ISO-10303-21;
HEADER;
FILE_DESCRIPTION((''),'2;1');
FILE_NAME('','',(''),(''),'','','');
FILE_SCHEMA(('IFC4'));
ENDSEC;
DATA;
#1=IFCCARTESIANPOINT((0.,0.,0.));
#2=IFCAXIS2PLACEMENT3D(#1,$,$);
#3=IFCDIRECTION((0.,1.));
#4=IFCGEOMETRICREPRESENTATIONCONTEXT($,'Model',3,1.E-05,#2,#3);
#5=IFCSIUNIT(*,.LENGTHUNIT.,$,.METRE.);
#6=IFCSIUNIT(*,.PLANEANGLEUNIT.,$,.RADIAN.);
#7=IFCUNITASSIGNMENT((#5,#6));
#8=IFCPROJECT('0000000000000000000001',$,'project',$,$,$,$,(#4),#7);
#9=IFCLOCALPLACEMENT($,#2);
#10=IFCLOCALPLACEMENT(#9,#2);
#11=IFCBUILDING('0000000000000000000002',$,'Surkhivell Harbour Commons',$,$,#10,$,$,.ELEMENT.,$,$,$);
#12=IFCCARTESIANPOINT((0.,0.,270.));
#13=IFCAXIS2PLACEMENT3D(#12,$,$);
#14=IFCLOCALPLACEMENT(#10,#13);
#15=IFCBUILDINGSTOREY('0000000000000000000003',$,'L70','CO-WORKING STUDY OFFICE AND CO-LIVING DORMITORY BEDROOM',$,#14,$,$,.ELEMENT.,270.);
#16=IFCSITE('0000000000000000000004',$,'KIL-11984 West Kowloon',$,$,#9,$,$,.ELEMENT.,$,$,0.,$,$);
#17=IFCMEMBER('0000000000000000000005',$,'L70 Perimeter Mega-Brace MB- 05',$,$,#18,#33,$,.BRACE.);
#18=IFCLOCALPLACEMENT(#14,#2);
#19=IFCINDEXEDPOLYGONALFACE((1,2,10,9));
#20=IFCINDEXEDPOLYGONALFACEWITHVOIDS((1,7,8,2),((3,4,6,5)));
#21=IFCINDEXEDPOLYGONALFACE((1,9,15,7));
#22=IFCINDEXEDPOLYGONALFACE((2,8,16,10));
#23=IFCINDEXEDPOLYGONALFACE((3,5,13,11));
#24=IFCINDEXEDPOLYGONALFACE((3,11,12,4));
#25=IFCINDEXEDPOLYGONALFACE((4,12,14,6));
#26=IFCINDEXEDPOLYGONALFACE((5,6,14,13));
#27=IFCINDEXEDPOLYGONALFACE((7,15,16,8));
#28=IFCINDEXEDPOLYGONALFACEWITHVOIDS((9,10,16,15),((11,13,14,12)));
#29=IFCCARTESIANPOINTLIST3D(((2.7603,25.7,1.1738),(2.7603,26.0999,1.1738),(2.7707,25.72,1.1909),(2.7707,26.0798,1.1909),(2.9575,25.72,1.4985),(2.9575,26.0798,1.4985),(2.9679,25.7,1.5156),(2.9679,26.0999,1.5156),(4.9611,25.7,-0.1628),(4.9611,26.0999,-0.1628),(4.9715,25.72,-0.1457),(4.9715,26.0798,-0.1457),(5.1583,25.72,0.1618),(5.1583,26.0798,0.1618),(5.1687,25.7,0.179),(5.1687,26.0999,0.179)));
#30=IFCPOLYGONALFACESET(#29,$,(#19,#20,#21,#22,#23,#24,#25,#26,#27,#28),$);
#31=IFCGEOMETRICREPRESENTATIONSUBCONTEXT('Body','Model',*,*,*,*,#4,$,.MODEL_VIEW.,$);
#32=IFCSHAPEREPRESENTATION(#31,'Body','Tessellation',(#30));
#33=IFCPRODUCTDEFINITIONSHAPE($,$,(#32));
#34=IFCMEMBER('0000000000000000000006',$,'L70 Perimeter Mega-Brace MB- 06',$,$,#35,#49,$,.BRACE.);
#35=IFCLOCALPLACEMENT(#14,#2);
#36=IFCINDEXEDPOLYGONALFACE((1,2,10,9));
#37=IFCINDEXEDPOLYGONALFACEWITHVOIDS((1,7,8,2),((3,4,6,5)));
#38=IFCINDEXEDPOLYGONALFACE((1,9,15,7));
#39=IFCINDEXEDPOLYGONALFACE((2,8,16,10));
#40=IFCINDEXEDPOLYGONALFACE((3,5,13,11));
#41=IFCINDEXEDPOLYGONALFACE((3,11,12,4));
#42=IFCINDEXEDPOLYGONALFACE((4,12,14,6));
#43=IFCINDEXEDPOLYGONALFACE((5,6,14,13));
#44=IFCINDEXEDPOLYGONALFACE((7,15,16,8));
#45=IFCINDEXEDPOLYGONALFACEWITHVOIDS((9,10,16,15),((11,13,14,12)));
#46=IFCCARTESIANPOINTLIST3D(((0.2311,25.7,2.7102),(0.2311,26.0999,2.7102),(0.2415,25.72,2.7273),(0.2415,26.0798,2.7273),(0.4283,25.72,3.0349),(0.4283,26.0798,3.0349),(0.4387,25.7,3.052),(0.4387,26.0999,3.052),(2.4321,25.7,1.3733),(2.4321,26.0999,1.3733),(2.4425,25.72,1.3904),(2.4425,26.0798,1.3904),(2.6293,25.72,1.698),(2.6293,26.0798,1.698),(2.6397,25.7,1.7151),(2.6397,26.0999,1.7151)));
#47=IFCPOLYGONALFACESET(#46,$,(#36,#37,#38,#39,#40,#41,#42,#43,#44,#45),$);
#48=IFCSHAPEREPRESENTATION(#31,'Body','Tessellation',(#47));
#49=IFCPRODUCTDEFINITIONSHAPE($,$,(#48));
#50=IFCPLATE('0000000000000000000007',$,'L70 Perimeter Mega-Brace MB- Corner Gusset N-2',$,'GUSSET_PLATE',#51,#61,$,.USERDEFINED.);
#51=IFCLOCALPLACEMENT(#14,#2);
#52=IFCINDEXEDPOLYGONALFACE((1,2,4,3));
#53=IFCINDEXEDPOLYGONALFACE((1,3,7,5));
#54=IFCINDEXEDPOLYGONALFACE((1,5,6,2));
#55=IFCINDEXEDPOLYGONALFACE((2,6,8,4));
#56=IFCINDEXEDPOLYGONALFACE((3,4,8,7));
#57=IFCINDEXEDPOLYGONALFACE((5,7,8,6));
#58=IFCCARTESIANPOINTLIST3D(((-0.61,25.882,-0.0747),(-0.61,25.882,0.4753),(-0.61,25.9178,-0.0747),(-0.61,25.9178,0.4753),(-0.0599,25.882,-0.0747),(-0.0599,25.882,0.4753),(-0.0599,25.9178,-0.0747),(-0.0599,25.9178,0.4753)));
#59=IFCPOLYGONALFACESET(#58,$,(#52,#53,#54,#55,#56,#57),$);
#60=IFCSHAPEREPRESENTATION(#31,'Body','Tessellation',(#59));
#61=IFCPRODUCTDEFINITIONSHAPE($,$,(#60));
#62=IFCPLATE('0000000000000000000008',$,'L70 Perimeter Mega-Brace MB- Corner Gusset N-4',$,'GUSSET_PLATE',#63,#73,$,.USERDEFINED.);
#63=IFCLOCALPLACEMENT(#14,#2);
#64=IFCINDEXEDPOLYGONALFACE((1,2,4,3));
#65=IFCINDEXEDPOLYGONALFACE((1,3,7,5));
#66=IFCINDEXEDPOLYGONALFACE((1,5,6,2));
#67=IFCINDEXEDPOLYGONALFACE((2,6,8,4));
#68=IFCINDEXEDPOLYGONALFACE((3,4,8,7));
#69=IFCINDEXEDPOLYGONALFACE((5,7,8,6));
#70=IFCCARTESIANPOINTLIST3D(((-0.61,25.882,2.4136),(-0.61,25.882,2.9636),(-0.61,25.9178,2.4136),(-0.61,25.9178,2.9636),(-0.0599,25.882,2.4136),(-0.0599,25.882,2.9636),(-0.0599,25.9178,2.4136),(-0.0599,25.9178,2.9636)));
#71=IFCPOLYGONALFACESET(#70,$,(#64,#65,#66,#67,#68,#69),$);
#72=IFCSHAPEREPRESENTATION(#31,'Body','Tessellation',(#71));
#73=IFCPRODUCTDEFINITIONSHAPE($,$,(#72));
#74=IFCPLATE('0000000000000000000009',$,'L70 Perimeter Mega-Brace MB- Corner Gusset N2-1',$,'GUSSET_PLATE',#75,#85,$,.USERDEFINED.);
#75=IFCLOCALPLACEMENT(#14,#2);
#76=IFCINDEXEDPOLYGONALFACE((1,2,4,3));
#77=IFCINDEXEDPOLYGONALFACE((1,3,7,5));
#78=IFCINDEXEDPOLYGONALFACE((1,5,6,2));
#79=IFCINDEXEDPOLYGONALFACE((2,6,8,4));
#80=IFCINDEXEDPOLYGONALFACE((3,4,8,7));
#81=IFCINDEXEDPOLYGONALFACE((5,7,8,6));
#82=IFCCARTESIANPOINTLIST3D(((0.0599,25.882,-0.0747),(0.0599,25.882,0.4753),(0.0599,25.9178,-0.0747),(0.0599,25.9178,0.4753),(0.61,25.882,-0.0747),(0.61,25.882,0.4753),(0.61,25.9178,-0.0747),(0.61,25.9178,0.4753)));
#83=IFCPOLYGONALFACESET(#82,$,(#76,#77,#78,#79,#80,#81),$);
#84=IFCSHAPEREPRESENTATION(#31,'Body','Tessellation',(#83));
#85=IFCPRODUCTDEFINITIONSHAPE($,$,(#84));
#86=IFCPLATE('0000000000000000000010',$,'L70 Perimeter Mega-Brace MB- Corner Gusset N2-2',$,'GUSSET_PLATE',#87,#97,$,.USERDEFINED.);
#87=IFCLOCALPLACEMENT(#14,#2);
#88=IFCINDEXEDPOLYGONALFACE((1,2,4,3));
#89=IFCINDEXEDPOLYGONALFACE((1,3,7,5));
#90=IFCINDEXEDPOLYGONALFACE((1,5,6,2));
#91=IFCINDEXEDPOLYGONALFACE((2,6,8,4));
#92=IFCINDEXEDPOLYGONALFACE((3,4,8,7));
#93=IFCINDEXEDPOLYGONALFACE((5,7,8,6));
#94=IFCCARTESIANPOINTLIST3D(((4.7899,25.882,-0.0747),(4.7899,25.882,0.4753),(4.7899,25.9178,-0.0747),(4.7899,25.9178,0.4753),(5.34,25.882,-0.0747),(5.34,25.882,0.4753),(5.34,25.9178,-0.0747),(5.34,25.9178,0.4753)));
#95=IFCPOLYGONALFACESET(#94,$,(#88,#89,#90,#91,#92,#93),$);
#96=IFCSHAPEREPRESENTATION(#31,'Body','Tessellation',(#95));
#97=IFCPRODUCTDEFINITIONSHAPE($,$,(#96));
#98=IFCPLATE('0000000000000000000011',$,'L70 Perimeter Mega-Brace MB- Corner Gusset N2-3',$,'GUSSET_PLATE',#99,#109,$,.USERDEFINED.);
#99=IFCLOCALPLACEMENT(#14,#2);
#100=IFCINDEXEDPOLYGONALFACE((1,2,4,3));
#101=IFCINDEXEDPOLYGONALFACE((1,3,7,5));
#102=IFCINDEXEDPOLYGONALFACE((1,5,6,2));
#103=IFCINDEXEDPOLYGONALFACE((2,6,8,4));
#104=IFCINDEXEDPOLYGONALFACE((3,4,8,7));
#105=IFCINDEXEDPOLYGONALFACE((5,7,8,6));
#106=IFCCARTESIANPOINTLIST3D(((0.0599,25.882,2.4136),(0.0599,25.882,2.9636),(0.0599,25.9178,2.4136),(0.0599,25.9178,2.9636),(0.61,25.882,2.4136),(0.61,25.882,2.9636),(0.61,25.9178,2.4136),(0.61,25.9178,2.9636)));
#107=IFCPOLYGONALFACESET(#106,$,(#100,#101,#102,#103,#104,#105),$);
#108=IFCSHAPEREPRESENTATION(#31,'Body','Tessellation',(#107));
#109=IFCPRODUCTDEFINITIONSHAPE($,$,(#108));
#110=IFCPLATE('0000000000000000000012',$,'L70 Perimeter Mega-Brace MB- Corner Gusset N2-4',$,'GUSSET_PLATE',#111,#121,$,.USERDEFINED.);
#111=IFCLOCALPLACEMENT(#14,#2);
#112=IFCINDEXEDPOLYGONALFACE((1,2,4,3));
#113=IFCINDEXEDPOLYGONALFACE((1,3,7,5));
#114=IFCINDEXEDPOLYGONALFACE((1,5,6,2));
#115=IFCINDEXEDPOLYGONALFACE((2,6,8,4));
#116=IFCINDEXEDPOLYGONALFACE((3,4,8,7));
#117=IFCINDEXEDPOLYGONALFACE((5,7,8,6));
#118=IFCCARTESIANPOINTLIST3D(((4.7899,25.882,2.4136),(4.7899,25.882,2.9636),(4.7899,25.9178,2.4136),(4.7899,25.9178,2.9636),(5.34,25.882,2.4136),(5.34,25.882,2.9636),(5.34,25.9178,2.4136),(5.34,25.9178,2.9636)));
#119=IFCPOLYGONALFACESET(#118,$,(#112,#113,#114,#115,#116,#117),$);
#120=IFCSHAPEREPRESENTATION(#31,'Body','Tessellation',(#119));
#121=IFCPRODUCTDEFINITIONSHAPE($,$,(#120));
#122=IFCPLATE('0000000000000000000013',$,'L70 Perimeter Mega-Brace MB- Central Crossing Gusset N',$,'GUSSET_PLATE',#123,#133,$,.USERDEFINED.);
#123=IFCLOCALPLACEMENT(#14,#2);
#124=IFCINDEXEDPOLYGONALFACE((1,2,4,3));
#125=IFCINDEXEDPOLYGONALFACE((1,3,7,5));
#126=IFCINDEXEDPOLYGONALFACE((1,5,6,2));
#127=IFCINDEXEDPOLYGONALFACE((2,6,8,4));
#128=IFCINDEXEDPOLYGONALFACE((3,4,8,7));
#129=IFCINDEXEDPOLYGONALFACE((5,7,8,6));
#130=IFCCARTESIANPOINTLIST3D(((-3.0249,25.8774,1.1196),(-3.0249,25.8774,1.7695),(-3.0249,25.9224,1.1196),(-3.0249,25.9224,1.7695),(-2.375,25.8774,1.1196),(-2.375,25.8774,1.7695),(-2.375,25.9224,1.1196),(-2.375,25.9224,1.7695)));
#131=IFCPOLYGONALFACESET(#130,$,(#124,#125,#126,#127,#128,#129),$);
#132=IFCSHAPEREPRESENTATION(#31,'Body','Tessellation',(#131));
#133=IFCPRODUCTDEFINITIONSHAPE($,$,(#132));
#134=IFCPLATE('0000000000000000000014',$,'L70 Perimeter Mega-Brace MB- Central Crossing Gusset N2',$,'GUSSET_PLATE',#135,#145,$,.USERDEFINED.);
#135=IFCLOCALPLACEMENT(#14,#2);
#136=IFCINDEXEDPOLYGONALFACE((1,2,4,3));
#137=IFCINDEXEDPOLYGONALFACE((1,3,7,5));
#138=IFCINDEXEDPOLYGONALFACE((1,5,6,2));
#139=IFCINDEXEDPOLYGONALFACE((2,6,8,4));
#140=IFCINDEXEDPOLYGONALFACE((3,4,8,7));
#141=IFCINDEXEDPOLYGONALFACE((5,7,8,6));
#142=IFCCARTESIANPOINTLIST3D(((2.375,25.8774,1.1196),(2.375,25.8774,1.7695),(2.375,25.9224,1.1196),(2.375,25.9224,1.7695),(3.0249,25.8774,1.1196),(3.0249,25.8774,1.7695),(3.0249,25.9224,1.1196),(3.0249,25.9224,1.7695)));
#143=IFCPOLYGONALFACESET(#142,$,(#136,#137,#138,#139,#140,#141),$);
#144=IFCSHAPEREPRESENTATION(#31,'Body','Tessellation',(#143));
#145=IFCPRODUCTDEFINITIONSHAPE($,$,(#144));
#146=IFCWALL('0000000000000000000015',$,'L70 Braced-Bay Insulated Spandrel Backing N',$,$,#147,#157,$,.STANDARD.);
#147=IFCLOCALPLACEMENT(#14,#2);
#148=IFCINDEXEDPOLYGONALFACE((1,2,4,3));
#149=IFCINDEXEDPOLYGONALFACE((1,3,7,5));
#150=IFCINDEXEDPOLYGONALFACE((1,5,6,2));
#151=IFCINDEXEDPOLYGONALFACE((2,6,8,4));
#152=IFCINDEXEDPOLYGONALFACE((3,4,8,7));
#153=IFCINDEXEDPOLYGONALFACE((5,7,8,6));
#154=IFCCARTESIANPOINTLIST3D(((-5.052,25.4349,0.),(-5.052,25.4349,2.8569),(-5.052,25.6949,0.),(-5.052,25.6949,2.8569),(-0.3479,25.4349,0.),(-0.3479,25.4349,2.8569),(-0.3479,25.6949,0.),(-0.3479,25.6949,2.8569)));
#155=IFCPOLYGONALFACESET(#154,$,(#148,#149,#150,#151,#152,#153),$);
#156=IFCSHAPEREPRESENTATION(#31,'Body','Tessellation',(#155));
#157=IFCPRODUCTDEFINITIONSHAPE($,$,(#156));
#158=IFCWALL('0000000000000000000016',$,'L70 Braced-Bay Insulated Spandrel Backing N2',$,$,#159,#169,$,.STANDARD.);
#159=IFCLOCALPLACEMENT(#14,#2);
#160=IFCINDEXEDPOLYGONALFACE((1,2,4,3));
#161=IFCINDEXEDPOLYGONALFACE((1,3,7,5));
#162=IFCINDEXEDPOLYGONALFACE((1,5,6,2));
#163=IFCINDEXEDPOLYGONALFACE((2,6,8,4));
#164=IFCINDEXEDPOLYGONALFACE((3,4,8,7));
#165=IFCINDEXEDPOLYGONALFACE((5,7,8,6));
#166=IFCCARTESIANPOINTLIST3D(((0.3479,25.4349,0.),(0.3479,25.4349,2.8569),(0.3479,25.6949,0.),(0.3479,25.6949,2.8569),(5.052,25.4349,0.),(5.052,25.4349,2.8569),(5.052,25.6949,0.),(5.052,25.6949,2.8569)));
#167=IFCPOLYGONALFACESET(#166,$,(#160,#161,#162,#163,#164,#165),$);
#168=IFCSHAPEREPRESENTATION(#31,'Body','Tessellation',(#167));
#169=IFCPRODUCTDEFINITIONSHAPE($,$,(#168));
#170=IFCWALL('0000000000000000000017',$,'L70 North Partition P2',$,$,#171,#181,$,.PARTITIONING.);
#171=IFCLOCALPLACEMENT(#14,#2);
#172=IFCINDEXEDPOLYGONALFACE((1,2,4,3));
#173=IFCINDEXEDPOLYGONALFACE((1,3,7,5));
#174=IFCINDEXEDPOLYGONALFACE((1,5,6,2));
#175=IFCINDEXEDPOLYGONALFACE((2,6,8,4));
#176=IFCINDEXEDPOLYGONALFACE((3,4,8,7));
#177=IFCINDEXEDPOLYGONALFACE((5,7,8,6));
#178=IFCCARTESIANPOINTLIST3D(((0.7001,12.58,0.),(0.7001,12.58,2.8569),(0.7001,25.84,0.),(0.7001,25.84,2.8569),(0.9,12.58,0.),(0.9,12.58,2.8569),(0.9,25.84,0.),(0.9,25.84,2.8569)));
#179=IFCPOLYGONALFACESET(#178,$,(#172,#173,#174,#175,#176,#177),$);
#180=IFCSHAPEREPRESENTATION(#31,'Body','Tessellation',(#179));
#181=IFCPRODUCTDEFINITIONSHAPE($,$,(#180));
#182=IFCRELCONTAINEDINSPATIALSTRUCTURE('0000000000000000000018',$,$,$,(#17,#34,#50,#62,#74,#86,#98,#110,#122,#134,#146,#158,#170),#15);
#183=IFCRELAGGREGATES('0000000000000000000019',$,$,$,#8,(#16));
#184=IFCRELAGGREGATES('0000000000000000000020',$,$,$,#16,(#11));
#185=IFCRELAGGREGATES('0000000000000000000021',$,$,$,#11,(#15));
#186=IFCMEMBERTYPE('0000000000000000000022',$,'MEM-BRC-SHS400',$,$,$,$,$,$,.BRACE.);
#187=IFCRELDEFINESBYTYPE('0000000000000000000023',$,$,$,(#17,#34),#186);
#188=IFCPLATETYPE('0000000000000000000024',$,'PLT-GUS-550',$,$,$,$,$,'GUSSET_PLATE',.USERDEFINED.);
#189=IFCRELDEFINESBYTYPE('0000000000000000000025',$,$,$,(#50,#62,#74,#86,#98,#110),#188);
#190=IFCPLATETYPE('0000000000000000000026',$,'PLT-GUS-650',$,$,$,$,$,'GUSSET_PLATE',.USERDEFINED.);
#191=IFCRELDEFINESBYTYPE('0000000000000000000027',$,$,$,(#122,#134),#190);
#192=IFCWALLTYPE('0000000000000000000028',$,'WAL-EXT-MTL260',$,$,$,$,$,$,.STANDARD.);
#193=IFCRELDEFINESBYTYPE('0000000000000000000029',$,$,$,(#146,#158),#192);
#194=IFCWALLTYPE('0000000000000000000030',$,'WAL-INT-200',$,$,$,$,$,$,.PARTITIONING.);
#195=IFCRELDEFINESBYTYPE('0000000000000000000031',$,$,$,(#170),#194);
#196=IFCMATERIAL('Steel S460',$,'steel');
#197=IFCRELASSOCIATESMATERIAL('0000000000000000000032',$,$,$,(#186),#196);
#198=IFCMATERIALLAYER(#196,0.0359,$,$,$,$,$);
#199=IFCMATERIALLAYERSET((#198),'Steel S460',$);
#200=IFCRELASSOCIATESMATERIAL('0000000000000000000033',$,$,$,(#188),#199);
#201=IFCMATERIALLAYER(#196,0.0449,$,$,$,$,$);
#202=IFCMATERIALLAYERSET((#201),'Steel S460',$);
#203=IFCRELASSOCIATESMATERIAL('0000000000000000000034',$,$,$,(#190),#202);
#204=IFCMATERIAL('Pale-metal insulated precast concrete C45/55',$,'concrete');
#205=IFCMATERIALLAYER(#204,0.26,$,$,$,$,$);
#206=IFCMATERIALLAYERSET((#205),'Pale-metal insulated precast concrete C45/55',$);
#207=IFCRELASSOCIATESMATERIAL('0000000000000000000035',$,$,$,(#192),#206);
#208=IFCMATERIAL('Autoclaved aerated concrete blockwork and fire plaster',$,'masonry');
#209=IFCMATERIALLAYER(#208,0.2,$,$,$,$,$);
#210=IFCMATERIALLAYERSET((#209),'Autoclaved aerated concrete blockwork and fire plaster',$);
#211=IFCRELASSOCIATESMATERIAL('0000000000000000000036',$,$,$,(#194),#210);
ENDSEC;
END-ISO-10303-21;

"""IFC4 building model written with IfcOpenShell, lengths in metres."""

from ifc_helpers import new_model, si_unit, direction, frame, frame_2d, origin, origin_2d, place, context, subcontext, project, spatial, rectangle, hollow_rectangle, extrude, material, layer, layer_set, material_profile, profile_set, type_object, element, save


model = new_model("IFC4")

# Units and contexts
model_context = context("Model", 3, precision=1e-05, world=origin(), true_north=direction((0.0, 1.0)))
body_context = subcontext(model_context, "Body", "Model", "MODEL_VIEW")
ifc_project = project(units=[si_unit("LENGTHUNIT", "METRE"), si_unit("PLANEANGLEUNIT", "RADIAN")], contexts=[model_context])

# Site, building, storey
site_placement = place(None, origin())
site = spatial("IfcSite", under=ifc_project, at=site_placement, Name="KIL-11984 West Kowloon", CompositionType="ELEMENT", RefElevation=0.0)
building_placement = place(site_placement, origin())
building = spatial("IfcBuilding", under=site, at=building_placement, Name="Surkhivell Harbour Commons", CompositionType="ELEMENT")
storey_placement = place(building_placement, frame((0.0, 0.0, 270.0)))
storey = spatial("IfcBuildingStorey", under=building, at=storey_placement, Name="L70", Description="CO-WORKING STUDY OFFICE AND CO-LIVING DORMITORY BEDROOM", CompositionType="ELEMENT", Elevation=270.0)

# Members
ifc_material_1 = material(Name="Steel S460", Category="steel")
ifc_material_profile_1 = material_profile(ifc_material_1, hollow_rectangle(XDim=0.3999, YDim=0.3999, WallThickness=0.02, at=origin_2d()), Name="SHS400x400x20")
ifc_profile_set_1 = profile_set([ifc_material_profile_1], Name="Steel S460")
member_type_1 = type_object("IfcMemberType", Name="MEM-BRC-SHS400", PredefinedType="BRACE", material=ifc_profile_set_1)
member_1_placement = place(storey_placement, frame((5.0649, 25.8999, 0.0081), z_axis=(-0.85472, 0.0, 0.519089), x_axis=(0.0, -1.0, 0.0)))
element("IfcMember", 1, at=member_1_placement, inside=storey, type_object=member_type_1, Name="L70 Perimeter Mega-Brace MB- 05", PredefinedType="BRACE", context=body_context, shape_type="SweptSolid", body=[
    extrude(hollow_rectangle(XDim=0.3999, YDim=0.3999, WallThickness=0.02, at=origin_2d()), origin(), (0.0, 0.0, 1.0), 2.575),
])
member_2_placement = place(storey_placement, frame((2.5359, 25.8999, 1.5442), z_axis=(-0.854678, 0.0, 0.519159), x_axis=(0.0, -1.0, 0.0)))
element("IfcMember", 2, at=member_2_placement, inside=storey, type_object=member_type_1, Name="L70 Perimeter Mega-Brace MB- 06", PredefinedType="BRACE", context=body_context, shape_type="SweptSolid", body=[
    extrude(hollow_rectangle(XDim=0.3999, YDim=0.3999, WallThickness=0.02, at=origin_2d()), origin(), (0.0, 0.0, 1.0), 2.5752),
])

# Plates
ifc_layer_1 = layer(ifc_material_1, 0.0359)
ifc_layer_set_1 = layer_set([ifc_layer_1], Name="Steel S460")
plate_type_1 = type_object("IfcPlateType", Name="PLT-GUS-550", ElementType="GUSSET_PLATE", PredefinedType="USERDEFINED", material=ifc_layer_set_1)
for number, where, z_axis, x_axis, name in (
    (3, (-0.335, 25.8999, -0.0747), (0.0, 0.0, 1.0), (1.0, 0.0, 0.0), "L70 Perimeter Mega-Brace MB- Corner Gusset N-2"),
    (4, (-0.335, 25.8999, 2.4136), (0.0, 0.0, 1.0), (1.0, 0.0, 0.0), "L70 Perimeter Mega-Brace MB- Corner Gusset N-4"),
    (5, (0.335, 25.8999, -0.0747), (0.0, 0.0, 1.0), (1.0, 0.0, 0.0), "L70 Perimeter Mega-Brace MB- Corner Gusset N2-1"),
    (6, (5.0649, 25.8999, -0.0747), (0.0, 0.0, 1.0), (1.0, 0.0, 0.0), "L70 Perimeter Mega-Brace MB- Corner Gusset N2-2"),
    (7, (0.335, 25.8999, 2.4136), (0.0, 0.0, 1.0), (1.0, 0.0, 0.0), "L70 Perimeter Mega-Brace MB- Corner Gusset N2-3"),
    (8, (5.0649, 25.8999, 2.4136), (0.0, 0.0, 1.0), (1.0, 0.0, 0.0), "L70 Perimeter Mega-Brace MB- Corner Gusset N2-4"),
):
    element("IfcPlate", number, at=place(storey_placement, frame(where, z_axis=z_axis, x_axis=x_axis)), inside=storey, type_object=plate_type_1, Name=name, ObjectType="GUSSET_PLATE", PredefinedType="USERDEFINED", context=body_context, shape_type="SweptSolid", body=[
        extrude(rectangle(XDim=0.55, YDim=0.0359, at=origin_2d()), origin(), (0.0, 0.0, 1.0), 0.55),
    ])
ifc_layer_2 = layer(ifc_material_1, 0.0449)
ifc_layer_set_2 = layer_set([ifc_layer_2], Name="Steel S460")
plate_type_2 = type_object("IfcPlateType", Name="PLT-GUS-650", ElementType="GUSSET_PLATE", PredefinedType="USERDEFINED", material=ifc_layer_set_2)
for number, where, z_axis, x_axis, name in (
    (9, (-2.7, 25.8999, 1.1196), (0.0, 0.0, 1.0), (1.0, 0.0, 0.0), "L70 Perimeter Mega-Brace MB- Central Crossing Gusset N"),
    (10, (2.7, 25.8999, 1.1196), (0.0, 0.0, 1.0), (1.0, 0.0, 0.0), "L70 Perimeter Mega-Brace MB- Central Crossing Gusset N2"),
):
    element("IfcPlate", number, at=place(storey_placement, frame(where, z_axis=z_axis, x_axis=x_axis)), inside=storey, type_object=plate_type_2, Name=name, ObjectType="GUSSET_PLATE", PredefinedType="USERDEFINED", context=body_context, shape_type="SweptSolid", body=[
        extrude(rectangle(XDim=0.6499, YDim=0.0449, at=origin_2d()), origin(), (0.0, 0.0, 1.0), 0.6499),
    ])

# Walls
ifc_material_2 = material(Name="Pale-metal insulated precast concrete C45/55", Category="concrete")
ifc_layer_3 = layer(ifc_material_2, 0.26)
ifc_layer_set_3 = layer_set([ifc_layer_3], Name="Pale-metal insulated precast concrete C45/55")
wall_type_1 = type_object("IfcWallType", Name="WAL-EXT-MTL260", PredefinedType="STANDARD", material=ifc_layer_set_3)
for number, where, z_axis, x_axis, name in (
    (11, (-0.3479, 25.5649, 0.0), (0.0, 0.0, 1.0), (-1.0, 0.0, 0.0), "L70 Braced-Bay Insulated Spandrel Backing N"),
    (12, (5.052, 25.5649, 0.0), (0.0, 0.0, 1.0), (-1.0, 0.0, 0.0), "L70 Braced-Bay Insulated Spandrel Backing N2"),
):
    element("IfcWall", number, at=place(storey_placement, frame(where, z_axis=z_axis, x_axis=x_axis)), inside=storey, type_object=wall_type_1, Name=name, PredefinedType="STANDARD", context=body_context, shape_type="SweptSolid", body=[
        extrude(rectangle(XDim=4.7041, YDim=0.26, at=frame_2d((2.3521, 0.0))), origin(), (0.0, 0.0, 1.0), 2.8569),
    ])
ifc_material_3 = material(Name="Autoclaved aerated concrete blockwork and fire plaster", Category="masonry")
ifc_layer_4 = layer(ifc_material_3, 0.2)
ifc_layer_set_4 = layer_set([ifc_layer_4], Name="Autoclaved aerated concrete blockwork and fire plaster")
wall_type_2 = type_object("IfcWallType", Name="WAL-INT-200", PredefinedType="PARTITIONING", material=ifc_layer_set_4)
wall_placement = place(storey_placement, frame((0.8, 12.5801, 0.0), z_axis=(0.0, 0.0, 1.0), x_axis=(0.0, 1.0, 0.0)))
element("IfcWall", 13, at=wall_placement, inside=storey, type_object=wall_type_2, Name="L70 North Partition P2", PredefinedType="PARTITIONING", context=body_context, shape_type="SweptSolid", body=[
    extrude(rectangle(XDim=13.26, YDim=0.2, at=frame_2d((6.6299, 0.0))), origin(), (0.0, 0.0, 1.0), 2.8569),
])

save(model, "model.ifc")
